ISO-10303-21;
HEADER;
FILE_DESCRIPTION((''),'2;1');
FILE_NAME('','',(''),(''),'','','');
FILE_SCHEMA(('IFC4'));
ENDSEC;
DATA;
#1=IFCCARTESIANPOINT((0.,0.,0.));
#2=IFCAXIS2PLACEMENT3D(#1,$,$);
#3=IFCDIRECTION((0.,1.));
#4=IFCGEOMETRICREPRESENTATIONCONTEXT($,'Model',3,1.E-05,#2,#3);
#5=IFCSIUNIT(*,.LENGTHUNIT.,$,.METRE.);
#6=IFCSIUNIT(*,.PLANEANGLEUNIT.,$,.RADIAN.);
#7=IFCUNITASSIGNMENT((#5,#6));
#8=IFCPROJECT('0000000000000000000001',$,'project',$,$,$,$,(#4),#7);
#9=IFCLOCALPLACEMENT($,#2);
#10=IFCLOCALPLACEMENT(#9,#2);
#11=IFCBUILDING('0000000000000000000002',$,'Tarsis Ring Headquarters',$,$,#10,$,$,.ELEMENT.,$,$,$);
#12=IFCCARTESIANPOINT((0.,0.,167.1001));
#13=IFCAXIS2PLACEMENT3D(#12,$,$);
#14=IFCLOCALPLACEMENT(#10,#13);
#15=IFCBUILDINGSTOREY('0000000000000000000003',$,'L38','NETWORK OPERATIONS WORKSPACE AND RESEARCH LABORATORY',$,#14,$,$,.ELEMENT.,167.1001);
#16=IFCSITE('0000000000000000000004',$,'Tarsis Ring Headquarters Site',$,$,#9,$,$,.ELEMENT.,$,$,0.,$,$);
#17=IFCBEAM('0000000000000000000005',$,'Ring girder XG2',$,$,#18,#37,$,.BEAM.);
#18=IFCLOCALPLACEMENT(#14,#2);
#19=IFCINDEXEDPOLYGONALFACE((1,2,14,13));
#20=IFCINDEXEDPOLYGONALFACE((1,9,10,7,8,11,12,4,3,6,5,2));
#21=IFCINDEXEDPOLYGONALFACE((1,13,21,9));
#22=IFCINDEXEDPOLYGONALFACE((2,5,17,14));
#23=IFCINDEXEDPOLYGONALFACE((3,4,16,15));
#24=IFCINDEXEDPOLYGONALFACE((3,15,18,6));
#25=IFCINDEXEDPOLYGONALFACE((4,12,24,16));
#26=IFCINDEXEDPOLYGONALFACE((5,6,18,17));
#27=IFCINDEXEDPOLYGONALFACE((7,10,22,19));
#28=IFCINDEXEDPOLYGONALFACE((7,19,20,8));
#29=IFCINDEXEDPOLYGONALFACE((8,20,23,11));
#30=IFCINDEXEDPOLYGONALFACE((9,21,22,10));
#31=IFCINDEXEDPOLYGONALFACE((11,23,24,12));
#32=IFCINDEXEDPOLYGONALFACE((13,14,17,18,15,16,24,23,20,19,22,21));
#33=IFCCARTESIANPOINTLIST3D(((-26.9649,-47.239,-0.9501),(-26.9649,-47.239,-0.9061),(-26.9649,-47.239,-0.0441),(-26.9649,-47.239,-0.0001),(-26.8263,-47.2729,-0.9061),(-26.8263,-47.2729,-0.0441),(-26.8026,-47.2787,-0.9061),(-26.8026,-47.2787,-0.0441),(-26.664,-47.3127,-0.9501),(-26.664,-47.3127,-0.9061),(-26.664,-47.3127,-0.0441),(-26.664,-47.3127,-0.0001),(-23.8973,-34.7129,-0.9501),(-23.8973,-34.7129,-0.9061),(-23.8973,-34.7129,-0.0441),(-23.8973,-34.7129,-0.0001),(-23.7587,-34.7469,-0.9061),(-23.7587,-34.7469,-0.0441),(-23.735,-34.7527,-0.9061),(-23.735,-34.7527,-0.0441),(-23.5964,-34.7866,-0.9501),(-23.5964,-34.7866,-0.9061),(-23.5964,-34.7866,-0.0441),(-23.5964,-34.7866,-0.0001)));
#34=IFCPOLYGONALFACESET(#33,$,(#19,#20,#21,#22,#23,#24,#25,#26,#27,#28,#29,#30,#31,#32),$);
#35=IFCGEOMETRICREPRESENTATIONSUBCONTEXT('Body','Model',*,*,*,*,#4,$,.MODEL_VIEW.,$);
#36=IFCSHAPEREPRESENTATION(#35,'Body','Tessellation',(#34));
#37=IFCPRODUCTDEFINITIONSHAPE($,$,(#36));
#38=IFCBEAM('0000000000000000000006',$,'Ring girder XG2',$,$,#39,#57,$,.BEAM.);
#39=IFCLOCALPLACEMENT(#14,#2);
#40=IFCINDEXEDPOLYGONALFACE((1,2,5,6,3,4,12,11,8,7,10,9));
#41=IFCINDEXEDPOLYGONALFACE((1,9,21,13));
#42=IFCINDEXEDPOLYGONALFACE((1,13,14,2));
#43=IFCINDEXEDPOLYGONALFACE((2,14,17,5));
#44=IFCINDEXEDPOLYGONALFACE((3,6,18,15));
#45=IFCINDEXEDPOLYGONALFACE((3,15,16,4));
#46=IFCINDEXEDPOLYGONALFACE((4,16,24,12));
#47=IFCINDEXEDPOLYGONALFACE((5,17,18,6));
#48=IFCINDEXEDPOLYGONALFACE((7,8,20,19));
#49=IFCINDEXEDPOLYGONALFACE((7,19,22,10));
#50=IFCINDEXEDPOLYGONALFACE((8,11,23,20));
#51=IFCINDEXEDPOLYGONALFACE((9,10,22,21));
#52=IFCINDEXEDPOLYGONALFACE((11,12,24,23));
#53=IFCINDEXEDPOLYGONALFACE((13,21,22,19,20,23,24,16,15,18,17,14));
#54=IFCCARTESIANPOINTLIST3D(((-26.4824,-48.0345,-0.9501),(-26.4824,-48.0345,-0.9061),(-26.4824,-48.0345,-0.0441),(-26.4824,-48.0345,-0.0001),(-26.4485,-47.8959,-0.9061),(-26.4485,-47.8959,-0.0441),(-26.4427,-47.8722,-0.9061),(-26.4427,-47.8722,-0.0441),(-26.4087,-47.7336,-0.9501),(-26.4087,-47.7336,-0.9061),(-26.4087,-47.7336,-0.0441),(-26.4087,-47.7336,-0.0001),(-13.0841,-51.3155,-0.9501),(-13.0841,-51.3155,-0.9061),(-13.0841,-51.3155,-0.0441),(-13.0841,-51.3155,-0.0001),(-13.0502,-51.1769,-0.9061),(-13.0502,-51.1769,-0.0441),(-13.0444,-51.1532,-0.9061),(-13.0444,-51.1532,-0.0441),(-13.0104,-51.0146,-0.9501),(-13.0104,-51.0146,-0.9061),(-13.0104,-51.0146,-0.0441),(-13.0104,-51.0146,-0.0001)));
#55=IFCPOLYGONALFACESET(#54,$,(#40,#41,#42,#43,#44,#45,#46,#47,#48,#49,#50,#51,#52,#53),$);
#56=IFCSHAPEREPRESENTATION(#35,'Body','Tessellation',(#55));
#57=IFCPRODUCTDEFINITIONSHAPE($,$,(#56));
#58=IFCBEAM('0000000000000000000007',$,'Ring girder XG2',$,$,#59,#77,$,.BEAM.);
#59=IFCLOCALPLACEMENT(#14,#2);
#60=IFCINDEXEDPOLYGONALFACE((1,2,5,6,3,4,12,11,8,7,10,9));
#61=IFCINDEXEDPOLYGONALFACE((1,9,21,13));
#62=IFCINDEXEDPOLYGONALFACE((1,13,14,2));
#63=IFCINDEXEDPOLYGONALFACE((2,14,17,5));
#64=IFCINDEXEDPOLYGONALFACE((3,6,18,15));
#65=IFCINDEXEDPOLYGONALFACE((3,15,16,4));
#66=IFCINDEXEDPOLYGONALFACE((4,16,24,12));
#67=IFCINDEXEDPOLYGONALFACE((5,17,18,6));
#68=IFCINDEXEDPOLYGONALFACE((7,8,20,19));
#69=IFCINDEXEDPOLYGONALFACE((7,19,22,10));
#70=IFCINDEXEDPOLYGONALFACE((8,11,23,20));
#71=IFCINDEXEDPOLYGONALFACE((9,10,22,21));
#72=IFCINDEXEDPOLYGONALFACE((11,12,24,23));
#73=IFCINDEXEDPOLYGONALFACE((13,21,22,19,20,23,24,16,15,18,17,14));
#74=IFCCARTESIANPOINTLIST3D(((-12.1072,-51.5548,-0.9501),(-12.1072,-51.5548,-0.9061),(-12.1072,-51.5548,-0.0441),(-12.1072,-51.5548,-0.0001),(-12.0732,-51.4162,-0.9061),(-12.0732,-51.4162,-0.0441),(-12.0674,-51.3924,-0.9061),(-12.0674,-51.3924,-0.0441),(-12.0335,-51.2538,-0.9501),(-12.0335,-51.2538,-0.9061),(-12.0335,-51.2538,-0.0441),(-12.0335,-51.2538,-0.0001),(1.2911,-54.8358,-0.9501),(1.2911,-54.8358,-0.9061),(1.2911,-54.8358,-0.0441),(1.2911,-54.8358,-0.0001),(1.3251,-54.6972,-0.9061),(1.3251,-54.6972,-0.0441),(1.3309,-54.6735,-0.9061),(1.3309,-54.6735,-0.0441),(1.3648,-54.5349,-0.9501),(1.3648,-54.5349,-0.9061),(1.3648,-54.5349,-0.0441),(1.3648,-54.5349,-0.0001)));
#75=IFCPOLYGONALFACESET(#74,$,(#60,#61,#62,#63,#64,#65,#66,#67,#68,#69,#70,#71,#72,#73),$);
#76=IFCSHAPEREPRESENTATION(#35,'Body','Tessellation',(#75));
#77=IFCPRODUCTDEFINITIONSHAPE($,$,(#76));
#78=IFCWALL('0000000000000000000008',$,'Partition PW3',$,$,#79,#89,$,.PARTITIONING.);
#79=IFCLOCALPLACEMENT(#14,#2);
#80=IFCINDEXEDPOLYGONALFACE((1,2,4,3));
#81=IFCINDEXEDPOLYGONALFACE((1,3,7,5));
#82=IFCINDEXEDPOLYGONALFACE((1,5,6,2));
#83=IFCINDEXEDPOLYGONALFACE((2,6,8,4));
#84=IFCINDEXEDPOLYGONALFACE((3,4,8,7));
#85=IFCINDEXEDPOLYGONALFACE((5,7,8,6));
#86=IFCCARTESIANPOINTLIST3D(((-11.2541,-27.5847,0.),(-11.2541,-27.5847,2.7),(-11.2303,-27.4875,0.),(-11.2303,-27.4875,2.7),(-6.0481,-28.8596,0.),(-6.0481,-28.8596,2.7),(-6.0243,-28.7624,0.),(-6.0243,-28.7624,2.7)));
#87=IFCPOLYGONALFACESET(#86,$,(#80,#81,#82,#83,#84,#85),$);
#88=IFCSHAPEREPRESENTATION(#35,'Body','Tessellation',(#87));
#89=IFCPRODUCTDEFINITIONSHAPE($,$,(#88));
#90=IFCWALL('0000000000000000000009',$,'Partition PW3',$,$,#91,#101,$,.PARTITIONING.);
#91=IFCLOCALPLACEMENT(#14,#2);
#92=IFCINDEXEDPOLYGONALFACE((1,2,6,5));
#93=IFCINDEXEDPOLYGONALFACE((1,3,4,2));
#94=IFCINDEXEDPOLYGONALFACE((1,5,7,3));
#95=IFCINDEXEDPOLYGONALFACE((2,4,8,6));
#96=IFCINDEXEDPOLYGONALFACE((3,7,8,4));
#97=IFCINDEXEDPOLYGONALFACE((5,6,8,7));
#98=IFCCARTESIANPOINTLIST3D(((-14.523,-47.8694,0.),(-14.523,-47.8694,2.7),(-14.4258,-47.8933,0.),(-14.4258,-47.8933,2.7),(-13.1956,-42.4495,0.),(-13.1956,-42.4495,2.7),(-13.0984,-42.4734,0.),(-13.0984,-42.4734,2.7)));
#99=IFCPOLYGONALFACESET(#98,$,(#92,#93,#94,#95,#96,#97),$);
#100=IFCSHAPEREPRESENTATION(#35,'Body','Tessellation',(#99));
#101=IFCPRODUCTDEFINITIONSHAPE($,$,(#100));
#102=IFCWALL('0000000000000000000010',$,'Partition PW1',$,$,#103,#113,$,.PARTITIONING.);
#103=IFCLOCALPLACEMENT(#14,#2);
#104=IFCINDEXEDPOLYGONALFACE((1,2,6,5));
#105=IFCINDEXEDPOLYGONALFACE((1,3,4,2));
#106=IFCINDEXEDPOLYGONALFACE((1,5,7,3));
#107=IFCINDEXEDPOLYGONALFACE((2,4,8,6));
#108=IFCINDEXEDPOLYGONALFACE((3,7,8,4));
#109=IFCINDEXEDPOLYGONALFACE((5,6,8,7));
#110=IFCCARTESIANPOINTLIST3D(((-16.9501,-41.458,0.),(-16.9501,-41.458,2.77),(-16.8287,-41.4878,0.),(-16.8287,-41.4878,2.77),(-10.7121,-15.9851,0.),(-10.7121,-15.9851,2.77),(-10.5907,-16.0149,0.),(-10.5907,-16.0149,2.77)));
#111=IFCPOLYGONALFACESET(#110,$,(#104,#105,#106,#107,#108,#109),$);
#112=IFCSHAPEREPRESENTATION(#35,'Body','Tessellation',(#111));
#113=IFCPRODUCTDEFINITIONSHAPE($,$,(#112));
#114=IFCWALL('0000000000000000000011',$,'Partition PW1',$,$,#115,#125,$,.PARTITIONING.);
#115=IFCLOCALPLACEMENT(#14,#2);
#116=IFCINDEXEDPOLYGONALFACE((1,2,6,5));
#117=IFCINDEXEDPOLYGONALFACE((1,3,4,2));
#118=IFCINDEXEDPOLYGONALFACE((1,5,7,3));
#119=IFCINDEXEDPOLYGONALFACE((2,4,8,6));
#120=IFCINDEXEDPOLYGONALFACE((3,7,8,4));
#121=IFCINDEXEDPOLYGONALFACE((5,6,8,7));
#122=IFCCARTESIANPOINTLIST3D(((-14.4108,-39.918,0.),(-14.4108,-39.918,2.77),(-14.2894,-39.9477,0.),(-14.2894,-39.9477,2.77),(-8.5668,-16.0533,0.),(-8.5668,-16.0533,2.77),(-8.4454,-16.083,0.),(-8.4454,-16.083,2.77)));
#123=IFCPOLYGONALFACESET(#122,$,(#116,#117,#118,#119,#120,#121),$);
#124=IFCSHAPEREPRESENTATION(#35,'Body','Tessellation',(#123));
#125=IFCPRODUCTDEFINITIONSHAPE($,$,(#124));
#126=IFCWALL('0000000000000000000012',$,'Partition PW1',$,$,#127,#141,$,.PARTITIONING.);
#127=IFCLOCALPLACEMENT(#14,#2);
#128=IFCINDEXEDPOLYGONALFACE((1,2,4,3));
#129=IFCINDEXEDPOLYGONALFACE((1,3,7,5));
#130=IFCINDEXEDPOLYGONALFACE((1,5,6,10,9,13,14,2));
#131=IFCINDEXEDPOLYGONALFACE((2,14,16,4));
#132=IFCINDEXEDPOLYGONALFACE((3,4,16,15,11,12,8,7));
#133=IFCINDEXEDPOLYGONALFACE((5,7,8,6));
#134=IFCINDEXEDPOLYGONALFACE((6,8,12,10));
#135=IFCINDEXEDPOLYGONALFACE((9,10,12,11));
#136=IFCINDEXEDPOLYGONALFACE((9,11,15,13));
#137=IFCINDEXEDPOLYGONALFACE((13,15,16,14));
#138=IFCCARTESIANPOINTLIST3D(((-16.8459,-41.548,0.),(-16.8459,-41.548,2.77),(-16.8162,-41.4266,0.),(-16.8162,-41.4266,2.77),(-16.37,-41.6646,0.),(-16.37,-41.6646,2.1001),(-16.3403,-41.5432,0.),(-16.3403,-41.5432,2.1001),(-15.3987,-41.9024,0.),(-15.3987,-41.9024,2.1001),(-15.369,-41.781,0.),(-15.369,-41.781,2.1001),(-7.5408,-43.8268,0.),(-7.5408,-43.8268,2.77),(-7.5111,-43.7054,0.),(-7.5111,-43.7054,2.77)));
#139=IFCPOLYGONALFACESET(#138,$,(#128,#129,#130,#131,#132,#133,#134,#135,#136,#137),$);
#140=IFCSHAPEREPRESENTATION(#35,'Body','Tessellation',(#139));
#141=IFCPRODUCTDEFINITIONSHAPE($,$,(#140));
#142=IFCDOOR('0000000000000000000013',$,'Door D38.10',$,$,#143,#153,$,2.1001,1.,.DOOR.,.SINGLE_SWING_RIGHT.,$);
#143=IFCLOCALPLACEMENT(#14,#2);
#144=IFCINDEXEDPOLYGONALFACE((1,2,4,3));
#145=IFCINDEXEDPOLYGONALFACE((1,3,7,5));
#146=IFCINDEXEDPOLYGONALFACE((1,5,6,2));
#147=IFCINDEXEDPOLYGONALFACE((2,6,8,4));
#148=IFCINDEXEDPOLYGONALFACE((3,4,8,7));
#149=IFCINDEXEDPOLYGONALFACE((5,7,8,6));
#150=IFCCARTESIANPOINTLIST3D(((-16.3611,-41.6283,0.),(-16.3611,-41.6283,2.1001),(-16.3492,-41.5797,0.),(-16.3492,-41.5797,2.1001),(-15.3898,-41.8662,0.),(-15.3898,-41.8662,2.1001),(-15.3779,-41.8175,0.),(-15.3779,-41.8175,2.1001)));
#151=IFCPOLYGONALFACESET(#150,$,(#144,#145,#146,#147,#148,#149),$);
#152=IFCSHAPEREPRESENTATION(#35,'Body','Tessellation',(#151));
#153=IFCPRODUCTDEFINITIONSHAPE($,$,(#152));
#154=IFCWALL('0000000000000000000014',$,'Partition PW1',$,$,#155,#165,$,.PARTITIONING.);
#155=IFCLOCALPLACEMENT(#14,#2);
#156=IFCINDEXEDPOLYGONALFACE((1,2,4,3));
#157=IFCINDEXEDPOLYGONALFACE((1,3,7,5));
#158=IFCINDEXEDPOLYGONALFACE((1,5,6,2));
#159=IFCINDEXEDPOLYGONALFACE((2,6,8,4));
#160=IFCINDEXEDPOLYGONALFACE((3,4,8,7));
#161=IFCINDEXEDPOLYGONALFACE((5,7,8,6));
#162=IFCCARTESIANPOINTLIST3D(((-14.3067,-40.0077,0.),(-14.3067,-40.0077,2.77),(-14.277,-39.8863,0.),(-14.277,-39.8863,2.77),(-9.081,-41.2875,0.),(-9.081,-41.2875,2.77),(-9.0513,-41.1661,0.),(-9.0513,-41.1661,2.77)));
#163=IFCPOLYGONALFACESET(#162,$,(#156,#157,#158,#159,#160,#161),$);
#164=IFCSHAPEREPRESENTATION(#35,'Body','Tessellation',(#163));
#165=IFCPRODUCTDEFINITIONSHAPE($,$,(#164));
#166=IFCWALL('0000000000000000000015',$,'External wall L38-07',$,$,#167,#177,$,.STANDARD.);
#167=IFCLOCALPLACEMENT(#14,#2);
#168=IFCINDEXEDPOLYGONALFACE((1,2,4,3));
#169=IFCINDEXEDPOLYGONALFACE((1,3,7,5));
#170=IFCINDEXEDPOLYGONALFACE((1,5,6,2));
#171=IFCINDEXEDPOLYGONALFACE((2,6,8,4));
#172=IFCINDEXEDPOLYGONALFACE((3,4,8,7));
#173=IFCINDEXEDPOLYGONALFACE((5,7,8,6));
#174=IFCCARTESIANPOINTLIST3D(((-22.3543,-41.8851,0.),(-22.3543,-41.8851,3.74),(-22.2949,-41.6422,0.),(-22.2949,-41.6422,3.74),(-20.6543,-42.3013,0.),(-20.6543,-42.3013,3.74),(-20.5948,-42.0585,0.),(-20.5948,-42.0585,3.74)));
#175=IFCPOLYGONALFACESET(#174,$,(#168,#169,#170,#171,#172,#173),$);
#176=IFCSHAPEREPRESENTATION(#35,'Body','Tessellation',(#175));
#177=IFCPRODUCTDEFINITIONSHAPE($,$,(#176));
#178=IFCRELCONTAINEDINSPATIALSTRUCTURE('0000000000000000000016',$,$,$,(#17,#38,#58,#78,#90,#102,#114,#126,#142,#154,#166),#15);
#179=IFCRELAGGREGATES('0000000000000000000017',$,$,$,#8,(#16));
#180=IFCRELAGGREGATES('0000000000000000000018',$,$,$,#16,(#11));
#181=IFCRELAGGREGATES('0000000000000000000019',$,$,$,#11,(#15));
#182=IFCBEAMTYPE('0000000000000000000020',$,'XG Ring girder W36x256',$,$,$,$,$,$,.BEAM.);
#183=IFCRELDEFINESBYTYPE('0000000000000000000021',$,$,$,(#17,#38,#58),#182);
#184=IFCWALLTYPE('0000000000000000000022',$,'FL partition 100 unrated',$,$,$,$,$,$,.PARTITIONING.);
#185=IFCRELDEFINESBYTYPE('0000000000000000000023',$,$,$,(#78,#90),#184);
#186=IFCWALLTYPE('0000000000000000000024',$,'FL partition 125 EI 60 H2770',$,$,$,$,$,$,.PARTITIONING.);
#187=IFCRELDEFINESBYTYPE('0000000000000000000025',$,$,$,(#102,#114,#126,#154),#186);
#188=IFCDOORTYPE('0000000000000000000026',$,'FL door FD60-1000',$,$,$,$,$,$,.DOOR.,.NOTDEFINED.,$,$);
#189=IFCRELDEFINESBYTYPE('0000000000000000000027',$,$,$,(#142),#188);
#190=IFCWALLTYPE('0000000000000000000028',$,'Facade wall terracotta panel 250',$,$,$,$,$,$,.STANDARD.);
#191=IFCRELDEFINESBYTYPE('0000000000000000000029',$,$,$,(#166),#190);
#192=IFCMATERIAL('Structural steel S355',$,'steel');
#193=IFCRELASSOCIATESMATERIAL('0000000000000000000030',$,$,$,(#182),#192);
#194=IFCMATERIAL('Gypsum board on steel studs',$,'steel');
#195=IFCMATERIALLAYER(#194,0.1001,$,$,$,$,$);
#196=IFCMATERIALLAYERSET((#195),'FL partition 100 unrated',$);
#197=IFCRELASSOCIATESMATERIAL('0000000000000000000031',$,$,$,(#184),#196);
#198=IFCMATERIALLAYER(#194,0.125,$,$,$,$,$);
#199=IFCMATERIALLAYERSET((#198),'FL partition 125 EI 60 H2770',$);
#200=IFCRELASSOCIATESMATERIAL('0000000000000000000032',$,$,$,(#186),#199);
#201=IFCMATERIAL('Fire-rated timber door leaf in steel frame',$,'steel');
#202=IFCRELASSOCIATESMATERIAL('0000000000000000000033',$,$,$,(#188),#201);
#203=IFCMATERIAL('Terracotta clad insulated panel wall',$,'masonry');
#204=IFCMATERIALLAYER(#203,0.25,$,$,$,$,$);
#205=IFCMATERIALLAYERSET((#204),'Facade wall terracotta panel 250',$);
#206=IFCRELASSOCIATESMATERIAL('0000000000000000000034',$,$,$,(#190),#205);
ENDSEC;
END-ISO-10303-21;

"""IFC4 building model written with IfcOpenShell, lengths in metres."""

from ifc_helpers import new_model, si_unit, direction, frame, frame_2d, origin, origin_2d, place, context, subcontext, project, spatial, rectangle, i_section, extrude, material, layer, layer_set, material_profile, profile_set, type_object, element, fill, save


model = new_model("IFC4")

# Units and contexts
model_context = context("Model", 3, precision=1e-05, world=origin(), true_north=direction((0.0, 1.0)))
body_context = subcontext(model_context, "Body", "Model", "MODEL_VIEW")
ifc_project = project(units=[si_unit("LENGTHUNIT", "METRE"), si_unit("PLANEANGLEUNIT", "RADIAN")], contexts=[model_context])

# Site, building, storey
site_placement = place(None, origin())
site = spatial("IfcSite", under=ifc_project, at=site_placement, Name="Tarsis Ring Headquarters Site", CompositionType="ELEMENT", RefElevation=0.0)
building_placement = place(site_placement, origin())
building = spatial("IfcBuilding", under=site, at=building_placement, Name="Tarsis Ring Headquarters", CompositionType="ELEMENT")
storey_placement = place(building_placement, frame((0.0, 0.0, 167.1001)))
storey = spatial("IfcBuildingStorey", under=building, at=storey_placement, Name="L38", Description="NETWORK OPERATIONS WORKSPACE AND RESEARCH LABORATORY", CompositionType="ELEMENT", Elevation=167.1001)

# Shared definitions
ifc_material_1 = material(Name="Structural steel S355", Category="steel")

# Beams
ifc_material_profile_1 = material_profile(ifc_material_1, i_section(OverallWidth=0.3098, OverallDepth=0.95, WebThickness=0.0244, FlangeThickness=0.0439, at=origin_2d()), Name="W36x256")
ifc_profile_set_1 = profile_set([ifc_material_profile_1], Name="Structural steel S355")
beam_type_1 = type_object("IfcBeamType", Name="XG Ring girder W36x256", PredefinedType="BEAM", material=ifc_profile_set_1)
beam_1_placement = place(storey_placement, frame((-23.7468, -34.7498, -0.4751), z_axis=(-0.237869, -0.971297, 0.0), x_axis=(0.971297, -0.237869, 0.0)))
element("IfcBeam", 1, at=beam_1_placement, inside=storey, type_object=beam_type_1, Name="Ring girder XG2", PredefinedType="BEAM", context=body_context, shape_type="SweptSolid", body=[
    extrude(i_section(OverallWidth=0.3098, OverallDepth=0.95, WebThickness=0.0244, FlangeThickness=0.0439, at=origin_2d()), origin(), (0.0, 0.0, 1.0), 12.8962),
])
for number, where, z_axis, x_axis, name in (
    (2, (-26.4456, -47.884, -0.4751), (0.9713, -0.237856, 0.0), (0.237856, 0.9713, 0.0), "Ring girder XG2"),
    (3, (-12.0703, -51.4043, -0.4751), (0.9713, -0.237856, 0.0), (0.237856, 0.9713, 0.0), "Ring girder XG2"),
):
    element("IfcBeam", number, at=place(storey_placement, frame(where, z_axis=z_axis, x_axis=x_axis)), inside=storey, type_object=beam_type_1, Name=name, PredefinedType="BEAM", context=body_context, shape_type="SweptSolid", body=[
        extrude(i_section(OverallWidth=0.3098, OverallDepth=0.95, WebThickness=0.0244, FlangeThickness=0.0439, at=origin_2d()), origin(), (0.0, 0.0, 1.0), 13.7942),
    ])

# Walls
ifc_material_2 = material(Name="Gypsum board on steel studs", Category="steel")
ifc_layer_1 = layer(ifc_material_2, 0.1001)
ifc_layer_set_1 = layer_set([ifc_layer_1], Name="FL partition 100 unrated")
wall_type_1 = type_object("IfcWallType", Name="FL partition 100 unrated", PredefinedType="PARTITIONING", material=ifc_layer_set_1)
wall_1_placement = place(storey_placement, frame((-11.2422, -27.5361, 0.0), z_axis=(0.0, 0.0, 1.0), x_axis=(0.971299, -0.23786, 0.0)))
element("IfcWall", 4, at=wall_1_placement, inside=storey, type_object=wall_type_1, Name="Partition PW3", PredefinedType="PARTITIONING", context=body_context, shape_type="SweptSolid", body=[
    extrude(rectangle(XDim=5.3599, YDim=0.1001, at=frame_2d((2.6799, 0.0))), origin(), (0.0, 0.0, 1.0), 2.7),
])
wall_2_placement = place(storey_placement, frame((-14.4744, -47.8813, 0.0), z_axis=(0.0, 0.0, 1.0), x_axis=(0.23788, 0.971295, 0.0)))
element("IfcWall", 5, at=wall_2_placement, inside=storey, type_object=wall_type_1, Name="Partition PW3", PredefinedType="PARTITIONING", context=body_context, shape_type="SweptSolid", body=[
    extrude(rectangle(XDim=5.5801, YDim=0.1001, at=frame_2d((2.79, 0.0))), origin(), (0.0, 0.0, 1.0), 2.7),
])
ifc_layer_2 = layer(ifc_material_2, 0.125)
ifc_layer_set_2 = layer_set([ifc_layer_2], Name="FL partition 125 EI 60 H2770")
wall_type_2 = type_object("IfcWallType", Name="FL partition 125 EI 60 H2770", PredefinedType="PARTITIONING", material=ifc_layer_set_2)
wall_3_placement = place(storey_placement, frame((-16.8894, -41.4729, 0.0), z_axis=(0.0, 0.0, 1.0), x_axis=(0.237861, 0.971299, 0.0)))
element("IfcWall", 6, at=wall_3_placement, inside=storey, type_object=wall_type_2, Name="Partition PW1", PredefinedType="PARTITIONING", context=body_context, shape_type="SweptSolid", body=[
    extrude(rectangle(XDim=26.2256, YDim=0.125, at=frame_2d((13.1128, 0.0))), origin(), (0.0, 0.0, 1.0), 2.77),
])
wall_4_placement = place(storey_placement, frame((-14.3501, -39.9329, 0.0), z_axis=(0.0, 0.0, 1.0), x_axis=(0.237852, 0.971301, 0.0)))
element("IfcWall", 7, at=wall_4_placement, inside=storey, type_object=wall_type_2, Name="Partition PW1", PredefinedType="PARTITIONING", context=body_context, shape_type="SweptSolid", body=[
    extrude(rectangle(XDim=24.5698, YDim=0.125, at=frame_2d((12.2849, 0.0))), origin(), (0.0, 0.0, 1.0), 2.77),
])

# Wall, opening, door
wall_5_placement = place(storey_placement, frame((-16.8311, -41.4873, 0.0), z_axis=(0.0, 0.0, 1.0), x_axis=(0.971298, -0.237868, 0.0)))
wall_5 = element("IfcWall", 8, at=wall_5_placement, inside=storey, type_object=wall_type_2, Name="Partition PW1", PredefinedType="PARTITIONING", context=body_context, shape_type="SweptSolid", body=[
    extrude(rectangle(XDim=9.5801, YDim=0.125, at=frame_2d((4.79, 0.0))), origin(), (0.0, 0.0, 1.0), 2.77),
])
opening_1_placement = place(wall_5_placement, frame((0.49, 0.0, 0.0)))
opening_1 = element("IfcOpeningElement", 9, at=opening_1_placement, cuts=wall_5, PredefinedType="OPENING", context=body_context, shape_type="SweptSolid", body=[
    extrude(rectangle(XDim=1.0, YDim=2.1001, at=frame_2d((0.5, 1.05))), frame((0.0, 0.0725, 0.0), z_axis=(0.0, -1.0, 0.0), x_axis=(1.0, 0.0, 0.0)), (0.0, 0.0, 1.0), 0.145),
])
ifc_material_3 = material(Name="Fire-rated timber door leaf in steel frame", Category="steel")
door_type = type_object("IfcDoorType", Name="FL door FD60-1000", OperationType="NOTDEFINED", PredefinedType="DOOR", material=ifc_material_3)
door_placement = place(opening_1_placement, origin())
door = element("IfcDoor", 10, at=door_placement, inside=storey, type_object=door_type, Name="Door D38.10", OperationType="SINGLE_SWING_RIGHT", OverallHeight=2.1001, OverallWidth=1.0, PredefinedType="DOOR", context=body_context, shape_type="SweptSolid", body=[
    extrude(rectangle(XDim=1.0, YDim=2.1001, at=frame_2d((0.5, 1.05))), frame((0.0, 0.0249, 0.0), z_axis=(0.0, -1.0, 0.0), x_axis=(1.0, 0.0, 0.0)), (0.0, 0.0, 1.0), 0.05),
])
fill(opening_1, door)

# Walls
wall_6_placement = place(storey_placement, frame((-14.2917, -39.947, 0.0), z_axis=(0.0, 0.0, 1.0), x_axis=(0.971295, -0.237877, 0.0)))
element("IfcWall", 11, at=wall_6_placement, inside=storey, type_object=wall_type_2, Name="Partition PW1", PredefinedType="PARTITIONING", context=body_context, shape_type="SweptSolid", body=[
    extrude(rectangle(XDim=5.3801, YDim=0.125, at=frame_2d((2.6899, 0.0))), origin(), (0.0, 0.0, 1.0), 2.77),
])
ifc_material_4 = material(Name="Terracotta clad insulated panel wall", Category="masonry")
ifc_layer_3 = layer(ifc_material_4, 0.25)
ifc_layer_set_3 = layer_set([ifc_layer_3], Name="Facade wall terracotta panel 250")
wall_type_3 = type_object("IfcWallType", Name="Facade wall terracotta panel 250", PredefinedType="STANDARD", material=ifc_layer_set_3)
wall_7_placement = place(storey_placement, frame((-22.3245, -41.7637, 0.0), z_axis=(0.0, 0.0, 1.0), x_axis=(0.971305, -0.237839, 0.0)))
element("IfcWall", 12, at=wall_7_placement, inside=storey, type_object=wall_type_3, Name="External wall L38-07", PredefinedType="STANDARD", context=body_context, shape_type="SweptSolid", body=[
    extrude(rectangle(XDim=1.7502, YDim=0.25, at=frame_2d((0.875, 0.0))), origin(), (0.0, 0.0, 1.0), 3.74),
])

save(model, "model.ifc")
